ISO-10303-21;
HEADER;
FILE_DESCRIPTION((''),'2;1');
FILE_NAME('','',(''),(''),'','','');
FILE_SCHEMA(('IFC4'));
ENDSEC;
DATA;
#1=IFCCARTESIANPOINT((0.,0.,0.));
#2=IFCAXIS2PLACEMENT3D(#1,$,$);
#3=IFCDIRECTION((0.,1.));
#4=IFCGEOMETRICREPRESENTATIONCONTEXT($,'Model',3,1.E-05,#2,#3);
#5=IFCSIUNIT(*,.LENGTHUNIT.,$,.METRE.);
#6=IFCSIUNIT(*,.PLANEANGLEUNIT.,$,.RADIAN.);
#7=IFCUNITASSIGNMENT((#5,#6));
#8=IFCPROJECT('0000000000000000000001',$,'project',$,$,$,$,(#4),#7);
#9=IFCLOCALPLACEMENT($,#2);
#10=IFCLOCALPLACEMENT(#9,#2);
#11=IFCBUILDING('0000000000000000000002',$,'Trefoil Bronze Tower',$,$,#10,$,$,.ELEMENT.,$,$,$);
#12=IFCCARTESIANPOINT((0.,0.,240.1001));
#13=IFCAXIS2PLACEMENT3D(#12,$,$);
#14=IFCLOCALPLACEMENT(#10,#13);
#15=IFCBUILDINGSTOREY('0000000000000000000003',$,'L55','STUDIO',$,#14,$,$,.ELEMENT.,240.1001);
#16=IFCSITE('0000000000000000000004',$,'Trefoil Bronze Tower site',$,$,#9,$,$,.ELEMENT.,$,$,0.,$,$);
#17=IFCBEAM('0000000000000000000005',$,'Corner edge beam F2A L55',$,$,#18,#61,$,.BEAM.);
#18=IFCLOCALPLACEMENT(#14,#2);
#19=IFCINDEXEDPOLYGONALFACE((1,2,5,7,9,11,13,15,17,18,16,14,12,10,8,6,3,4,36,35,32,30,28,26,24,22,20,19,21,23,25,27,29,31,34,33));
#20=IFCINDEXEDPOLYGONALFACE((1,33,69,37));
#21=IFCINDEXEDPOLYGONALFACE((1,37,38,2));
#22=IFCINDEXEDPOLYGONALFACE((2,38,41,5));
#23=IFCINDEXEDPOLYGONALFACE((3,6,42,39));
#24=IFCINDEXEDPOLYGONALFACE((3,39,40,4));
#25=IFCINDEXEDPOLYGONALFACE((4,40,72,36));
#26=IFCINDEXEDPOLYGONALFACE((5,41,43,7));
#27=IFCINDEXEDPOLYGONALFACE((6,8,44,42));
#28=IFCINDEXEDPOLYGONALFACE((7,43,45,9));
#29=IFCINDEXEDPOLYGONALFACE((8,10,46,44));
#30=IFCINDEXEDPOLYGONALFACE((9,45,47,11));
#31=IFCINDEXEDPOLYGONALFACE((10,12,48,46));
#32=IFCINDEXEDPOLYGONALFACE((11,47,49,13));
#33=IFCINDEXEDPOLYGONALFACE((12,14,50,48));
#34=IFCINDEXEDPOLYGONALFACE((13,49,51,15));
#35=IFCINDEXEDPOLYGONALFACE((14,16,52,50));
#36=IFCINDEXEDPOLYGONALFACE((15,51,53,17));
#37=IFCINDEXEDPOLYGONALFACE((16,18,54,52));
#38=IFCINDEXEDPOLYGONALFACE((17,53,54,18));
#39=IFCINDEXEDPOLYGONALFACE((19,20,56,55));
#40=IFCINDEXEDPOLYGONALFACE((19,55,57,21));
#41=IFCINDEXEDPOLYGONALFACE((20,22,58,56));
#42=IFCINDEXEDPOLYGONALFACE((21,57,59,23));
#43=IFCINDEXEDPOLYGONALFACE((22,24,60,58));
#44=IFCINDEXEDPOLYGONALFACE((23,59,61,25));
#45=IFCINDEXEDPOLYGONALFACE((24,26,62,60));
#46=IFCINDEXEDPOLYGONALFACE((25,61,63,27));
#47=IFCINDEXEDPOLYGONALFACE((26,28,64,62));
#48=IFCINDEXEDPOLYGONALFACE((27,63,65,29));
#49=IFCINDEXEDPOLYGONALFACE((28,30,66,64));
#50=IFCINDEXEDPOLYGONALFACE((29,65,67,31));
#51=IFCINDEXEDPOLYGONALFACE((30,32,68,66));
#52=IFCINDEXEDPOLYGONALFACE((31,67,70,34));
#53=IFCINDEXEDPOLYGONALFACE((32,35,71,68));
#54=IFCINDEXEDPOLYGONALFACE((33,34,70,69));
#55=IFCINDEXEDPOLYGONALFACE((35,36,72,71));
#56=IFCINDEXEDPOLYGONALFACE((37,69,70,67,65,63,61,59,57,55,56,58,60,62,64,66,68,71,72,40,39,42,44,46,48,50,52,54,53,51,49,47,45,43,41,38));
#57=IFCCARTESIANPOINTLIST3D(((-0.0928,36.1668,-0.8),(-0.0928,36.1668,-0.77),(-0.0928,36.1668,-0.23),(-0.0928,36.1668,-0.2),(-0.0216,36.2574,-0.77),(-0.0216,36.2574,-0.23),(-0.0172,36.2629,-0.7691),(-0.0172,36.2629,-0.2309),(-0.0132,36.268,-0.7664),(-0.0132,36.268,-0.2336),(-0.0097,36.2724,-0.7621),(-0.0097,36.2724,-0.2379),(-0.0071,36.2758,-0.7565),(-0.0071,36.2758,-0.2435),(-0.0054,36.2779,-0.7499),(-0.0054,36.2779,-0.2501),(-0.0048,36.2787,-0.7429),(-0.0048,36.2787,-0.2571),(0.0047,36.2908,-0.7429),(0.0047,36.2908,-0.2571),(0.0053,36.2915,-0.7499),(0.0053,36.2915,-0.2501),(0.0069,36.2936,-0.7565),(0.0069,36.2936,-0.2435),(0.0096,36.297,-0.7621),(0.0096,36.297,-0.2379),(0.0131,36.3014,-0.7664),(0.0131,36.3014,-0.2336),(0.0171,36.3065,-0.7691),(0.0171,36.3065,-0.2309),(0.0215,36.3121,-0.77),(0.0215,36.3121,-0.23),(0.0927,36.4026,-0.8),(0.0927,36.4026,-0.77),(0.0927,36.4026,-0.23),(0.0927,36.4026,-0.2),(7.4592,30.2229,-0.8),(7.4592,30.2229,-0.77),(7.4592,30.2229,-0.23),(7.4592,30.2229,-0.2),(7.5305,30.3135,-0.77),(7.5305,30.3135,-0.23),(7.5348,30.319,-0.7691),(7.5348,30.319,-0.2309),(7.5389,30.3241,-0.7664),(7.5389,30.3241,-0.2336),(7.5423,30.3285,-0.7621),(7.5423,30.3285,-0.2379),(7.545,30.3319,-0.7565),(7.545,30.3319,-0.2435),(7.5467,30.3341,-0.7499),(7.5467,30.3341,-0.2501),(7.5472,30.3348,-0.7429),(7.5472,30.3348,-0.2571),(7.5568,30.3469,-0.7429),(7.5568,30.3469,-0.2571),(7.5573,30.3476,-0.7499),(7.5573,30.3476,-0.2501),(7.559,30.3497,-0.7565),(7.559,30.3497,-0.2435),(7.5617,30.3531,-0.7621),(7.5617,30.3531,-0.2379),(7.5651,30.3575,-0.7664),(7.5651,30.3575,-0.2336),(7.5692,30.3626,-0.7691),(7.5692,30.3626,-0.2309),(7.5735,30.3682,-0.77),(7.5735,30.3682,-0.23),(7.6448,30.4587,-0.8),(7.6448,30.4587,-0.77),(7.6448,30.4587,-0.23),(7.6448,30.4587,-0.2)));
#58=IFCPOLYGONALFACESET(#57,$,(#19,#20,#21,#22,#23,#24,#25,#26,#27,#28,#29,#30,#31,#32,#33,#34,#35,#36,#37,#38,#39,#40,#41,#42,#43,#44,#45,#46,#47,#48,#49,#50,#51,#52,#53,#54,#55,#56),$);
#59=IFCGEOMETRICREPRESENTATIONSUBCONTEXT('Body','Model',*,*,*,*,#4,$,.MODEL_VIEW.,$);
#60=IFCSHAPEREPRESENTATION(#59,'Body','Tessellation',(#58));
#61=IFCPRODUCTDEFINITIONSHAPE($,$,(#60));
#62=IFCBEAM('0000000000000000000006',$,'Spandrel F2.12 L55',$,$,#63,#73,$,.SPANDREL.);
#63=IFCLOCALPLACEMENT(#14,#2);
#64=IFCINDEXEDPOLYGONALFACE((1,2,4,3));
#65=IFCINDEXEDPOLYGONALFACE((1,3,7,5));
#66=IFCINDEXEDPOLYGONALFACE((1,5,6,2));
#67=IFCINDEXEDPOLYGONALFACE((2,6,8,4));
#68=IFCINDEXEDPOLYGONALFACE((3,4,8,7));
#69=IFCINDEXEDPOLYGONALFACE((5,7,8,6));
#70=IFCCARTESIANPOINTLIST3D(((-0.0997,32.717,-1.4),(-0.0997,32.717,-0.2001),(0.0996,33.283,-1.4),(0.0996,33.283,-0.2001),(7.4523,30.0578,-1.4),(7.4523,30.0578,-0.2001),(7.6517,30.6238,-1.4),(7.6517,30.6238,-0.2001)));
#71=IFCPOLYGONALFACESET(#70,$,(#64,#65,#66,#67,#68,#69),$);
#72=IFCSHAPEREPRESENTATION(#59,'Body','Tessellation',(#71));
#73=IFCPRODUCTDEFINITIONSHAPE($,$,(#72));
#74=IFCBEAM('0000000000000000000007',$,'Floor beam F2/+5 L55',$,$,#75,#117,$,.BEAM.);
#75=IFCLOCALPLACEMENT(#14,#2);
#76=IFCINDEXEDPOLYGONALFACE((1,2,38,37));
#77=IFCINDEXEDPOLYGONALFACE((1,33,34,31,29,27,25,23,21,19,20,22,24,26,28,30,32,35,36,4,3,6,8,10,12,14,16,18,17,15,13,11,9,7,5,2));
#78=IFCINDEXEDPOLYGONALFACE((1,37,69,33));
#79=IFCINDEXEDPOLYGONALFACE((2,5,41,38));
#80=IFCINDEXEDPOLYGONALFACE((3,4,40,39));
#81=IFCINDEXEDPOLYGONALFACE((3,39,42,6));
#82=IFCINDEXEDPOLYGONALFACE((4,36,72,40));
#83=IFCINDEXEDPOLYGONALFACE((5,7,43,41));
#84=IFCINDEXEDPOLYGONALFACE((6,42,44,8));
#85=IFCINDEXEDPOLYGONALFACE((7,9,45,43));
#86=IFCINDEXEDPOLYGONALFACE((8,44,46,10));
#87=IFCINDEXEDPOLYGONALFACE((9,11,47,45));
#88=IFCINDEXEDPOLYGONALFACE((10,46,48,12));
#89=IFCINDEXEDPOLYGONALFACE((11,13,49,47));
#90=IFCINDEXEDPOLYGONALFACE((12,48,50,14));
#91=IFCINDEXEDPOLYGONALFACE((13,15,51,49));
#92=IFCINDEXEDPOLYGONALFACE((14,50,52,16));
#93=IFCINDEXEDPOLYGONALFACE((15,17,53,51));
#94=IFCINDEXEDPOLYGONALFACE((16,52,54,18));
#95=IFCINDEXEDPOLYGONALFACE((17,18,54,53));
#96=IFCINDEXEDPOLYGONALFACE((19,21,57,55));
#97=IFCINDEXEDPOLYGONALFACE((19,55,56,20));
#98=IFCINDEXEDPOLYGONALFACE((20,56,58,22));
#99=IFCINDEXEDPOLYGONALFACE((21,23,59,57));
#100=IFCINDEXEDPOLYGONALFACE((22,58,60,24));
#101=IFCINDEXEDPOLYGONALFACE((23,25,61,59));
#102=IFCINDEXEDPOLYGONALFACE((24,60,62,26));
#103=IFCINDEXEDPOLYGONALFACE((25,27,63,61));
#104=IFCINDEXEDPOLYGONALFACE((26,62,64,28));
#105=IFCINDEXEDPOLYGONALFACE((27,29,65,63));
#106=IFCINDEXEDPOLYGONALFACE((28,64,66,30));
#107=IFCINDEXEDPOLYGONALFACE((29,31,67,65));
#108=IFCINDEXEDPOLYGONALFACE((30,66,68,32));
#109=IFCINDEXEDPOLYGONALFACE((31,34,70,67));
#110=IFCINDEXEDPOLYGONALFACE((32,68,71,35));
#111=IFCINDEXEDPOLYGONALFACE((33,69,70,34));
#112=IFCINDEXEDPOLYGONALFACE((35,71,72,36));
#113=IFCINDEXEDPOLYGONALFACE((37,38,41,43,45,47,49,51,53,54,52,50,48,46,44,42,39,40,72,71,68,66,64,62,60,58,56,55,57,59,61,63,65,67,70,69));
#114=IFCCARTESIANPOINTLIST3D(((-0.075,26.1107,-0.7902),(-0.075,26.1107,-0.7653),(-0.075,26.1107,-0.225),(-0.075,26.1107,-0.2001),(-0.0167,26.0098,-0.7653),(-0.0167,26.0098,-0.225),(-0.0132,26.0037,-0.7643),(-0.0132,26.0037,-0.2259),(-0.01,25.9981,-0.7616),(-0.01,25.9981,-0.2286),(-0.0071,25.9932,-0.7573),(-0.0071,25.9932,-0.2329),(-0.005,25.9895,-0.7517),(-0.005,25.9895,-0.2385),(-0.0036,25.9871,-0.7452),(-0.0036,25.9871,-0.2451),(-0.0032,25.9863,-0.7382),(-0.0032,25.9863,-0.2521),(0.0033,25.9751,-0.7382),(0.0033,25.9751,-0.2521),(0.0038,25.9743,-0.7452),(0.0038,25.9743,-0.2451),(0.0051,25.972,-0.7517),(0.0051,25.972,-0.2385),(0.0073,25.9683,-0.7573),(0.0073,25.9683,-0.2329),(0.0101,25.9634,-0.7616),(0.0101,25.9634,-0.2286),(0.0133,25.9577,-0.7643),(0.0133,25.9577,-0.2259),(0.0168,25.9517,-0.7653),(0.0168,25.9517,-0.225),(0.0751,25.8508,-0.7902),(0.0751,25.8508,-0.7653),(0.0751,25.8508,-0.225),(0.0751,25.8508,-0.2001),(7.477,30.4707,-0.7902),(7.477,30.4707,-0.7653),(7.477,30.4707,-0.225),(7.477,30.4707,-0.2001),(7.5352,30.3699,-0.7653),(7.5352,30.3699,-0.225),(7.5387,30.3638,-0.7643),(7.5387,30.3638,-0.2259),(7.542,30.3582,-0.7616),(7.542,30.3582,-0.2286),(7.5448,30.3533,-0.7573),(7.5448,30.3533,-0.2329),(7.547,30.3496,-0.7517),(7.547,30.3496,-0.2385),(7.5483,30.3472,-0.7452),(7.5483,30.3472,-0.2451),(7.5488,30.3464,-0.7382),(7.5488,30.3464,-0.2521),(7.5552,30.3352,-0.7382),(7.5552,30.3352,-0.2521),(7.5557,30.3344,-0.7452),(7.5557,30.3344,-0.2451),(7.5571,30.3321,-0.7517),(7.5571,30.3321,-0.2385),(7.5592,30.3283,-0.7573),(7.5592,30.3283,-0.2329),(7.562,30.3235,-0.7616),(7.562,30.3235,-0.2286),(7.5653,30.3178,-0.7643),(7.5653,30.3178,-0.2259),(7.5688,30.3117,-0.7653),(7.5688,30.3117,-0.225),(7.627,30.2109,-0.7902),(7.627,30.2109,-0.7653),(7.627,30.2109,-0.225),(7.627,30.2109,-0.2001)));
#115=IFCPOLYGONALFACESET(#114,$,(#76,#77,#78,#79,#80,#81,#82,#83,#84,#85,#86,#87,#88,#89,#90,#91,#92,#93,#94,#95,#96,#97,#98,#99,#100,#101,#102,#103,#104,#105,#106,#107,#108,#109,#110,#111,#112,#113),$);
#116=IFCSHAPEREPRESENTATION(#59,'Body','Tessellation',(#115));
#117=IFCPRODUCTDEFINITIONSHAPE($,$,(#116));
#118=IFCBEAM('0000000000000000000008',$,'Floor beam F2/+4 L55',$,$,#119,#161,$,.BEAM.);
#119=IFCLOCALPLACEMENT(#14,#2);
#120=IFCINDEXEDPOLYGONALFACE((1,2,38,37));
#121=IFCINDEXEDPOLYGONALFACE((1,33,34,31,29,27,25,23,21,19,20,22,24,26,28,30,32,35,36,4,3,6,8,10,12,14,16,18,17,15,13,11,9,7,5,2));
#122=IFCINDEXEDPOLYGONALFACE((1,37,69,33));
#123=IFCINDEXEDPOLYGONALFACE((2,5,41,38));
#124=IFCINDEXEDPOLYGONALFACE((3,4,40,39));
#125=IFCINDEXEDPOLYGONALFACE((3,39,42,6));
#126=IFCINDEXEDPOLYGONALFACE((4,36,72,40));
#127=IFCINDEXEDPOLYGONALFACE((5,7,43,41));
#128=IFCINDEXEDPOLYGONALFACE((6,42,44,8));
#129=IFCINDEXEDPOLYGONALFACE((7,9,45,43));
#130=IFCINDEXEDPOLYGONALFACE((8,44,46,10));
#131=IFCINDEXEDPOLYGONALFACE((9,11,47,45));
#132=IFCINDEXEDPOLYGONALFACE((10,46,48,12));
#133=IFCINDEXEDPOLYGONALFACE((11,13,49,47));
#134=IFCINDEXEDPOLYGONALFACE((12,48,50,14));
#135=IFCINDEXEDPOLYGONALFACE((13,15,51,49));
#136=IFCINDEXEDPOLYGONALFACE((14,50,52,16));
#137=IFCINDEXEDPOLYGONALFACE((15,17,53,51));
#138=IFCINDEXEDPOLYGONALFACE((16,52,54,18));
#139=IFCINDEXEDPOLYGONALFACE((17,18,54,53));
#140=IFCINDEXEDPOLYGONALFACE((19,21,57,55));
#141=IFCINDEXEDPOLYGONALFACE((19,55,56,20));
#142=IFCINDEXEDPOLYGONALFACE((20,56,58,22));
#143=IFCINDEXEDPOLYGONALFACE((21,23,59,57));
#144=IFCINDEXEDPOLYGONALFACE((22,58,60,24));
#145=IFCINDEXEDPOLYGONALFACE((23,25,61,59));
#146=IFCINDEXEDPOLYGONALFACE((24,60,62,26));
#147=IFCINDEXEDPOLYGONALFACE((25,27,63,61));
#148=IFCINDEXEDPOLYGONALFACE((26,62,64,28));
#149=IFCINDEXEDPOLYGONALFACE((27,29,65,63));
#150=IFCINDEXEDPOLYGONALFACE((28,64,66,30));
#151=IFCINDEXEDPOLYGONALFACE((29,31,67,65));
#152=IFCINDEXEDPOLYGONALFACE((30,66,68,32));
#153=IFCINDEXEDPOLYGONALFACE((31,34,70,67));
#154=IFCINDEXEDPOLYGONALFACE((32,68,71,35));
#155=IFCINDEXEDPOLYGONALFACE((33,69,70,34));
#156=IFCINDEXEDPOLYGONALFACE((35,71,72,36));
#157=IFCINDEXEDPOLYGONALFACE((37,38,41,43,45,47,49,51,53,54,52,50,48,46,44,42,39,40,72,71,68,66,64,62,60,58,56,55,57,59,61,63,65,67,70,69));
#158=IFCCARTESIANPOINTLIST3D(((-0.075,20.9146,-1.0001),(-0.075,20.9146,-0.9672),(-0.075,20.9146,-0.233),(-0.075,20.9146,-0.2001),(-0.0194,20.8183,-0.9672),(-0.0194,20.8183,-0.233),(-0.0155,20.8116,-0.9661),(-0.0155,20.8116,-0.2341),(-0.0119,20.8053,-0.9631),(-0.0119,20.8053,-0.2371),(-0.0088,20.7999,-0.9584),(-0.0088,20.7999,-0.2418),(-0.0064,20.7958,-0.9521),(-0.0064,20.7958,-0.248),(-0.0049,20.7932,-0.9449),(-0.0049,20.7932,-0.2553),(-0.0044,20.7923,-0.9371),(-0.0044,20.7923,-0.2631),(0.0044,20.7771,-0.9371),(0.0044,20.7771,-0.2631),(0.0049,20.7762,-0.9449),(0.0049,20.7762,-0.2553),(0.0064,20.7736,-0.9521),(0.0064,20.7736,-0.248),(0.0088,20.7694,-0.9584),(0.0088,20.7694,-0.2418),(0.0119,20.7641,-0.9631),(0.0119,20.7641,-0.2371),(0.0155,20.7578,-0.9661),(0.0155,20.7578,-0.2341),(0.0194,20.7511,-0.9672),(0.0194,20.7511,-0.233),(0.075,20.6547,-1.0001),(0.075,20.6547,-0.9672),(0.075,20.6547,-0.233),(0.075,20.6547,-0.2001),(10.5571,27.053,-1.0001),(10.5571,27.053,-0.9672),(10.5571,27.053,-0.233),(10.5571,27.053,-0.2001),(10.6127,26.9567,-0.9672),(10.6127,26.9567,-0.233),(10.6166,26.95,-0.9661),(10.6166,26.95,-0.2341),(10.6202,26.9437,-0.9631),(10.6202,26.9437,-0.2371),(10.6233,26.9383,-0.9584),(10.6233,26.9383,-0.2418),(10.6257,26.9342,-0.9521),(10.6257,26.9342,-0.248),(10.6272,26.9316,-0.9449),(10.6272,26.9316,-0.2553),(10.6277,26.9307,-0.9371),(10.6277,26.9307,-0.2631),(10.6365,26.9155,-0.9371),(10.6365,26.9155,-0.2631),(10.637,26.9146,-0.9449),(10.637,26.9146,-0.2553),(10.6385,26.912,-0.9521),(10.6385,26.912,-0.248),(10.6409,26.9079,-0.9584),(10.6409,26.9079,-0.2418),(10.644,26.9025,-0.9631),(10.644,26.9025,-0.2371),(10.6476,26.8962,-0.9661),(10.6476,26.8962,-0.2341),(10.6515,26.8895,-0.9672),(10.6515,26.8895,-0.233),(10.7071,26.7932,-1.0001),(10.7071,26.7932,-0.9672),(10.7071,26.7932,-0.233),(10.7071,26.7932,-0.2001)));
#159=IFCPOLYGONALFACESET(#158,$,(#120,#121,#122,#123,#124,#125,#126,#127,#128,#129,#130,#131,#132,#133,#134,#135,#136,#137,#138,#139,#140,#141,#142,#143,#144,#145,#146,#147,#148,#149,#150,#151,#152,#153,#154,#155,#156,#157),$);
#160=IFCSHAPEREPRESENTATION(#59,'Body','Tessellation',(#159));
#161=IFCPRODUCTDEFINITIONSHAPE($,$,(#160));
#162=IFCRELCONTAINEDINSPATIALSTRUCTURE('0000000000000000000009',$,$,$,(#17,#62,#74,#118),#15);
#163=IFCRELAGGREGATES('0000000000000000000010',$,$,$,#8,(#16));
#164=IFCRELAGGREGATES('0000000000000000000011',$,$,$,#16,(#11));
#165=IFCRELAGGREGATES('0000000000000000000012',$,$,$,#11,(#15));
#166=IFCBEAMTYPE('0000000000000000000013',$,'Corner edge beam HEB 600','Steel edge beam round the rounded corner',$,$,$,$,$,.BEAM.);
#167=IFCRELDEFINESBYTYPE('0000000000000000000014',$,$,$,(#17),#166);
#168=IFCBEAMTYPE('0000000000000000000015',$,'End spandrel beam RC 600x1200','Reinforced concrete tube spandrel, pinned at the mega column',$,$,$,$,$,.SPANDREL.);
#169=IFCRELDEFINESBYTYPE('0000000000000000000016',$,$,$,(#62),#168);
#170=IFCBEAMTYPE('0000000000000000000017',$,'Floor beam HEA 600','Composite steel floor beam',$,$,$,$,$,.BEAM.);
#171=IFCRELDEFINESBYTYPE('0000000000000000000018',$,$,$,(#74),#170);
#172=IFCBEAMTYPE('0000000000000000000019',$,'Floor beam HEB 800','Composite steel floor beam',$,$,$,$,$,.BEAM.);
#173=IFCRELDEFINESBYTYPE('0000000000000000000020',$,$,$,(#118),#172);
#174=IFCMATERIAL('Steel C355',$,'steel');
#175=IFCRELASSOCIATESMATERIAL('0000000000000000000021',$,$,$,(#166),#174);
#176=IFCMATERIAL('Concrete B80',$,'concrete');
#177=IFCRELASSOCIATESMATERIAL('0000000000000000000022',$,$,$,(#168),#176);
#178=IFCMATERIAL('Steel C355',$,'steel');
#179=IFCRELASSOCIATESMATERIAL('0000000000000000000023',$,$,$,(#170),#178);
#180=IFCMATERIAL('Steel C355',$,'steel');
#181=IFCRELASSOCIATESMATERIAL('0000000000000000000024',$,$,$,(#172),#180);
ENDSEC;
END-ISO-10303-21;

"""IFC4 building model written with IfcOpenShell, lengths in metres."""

from ifc_helpers import new_model, si_unit, direction, frame, origin, origin_2d, place, context, subcontext, project, spatial, rectangle, i_section, extrude, material, material_profile, profile_set, type_object, element, save


model = new_model("IFC4")

# Units and contexts
model_context = context("Model", 3, precision=1e-05, world=origin(), true_north=direction((0.0, 1.0)))
body_context = subcontext(model_context, "Body", "Model", "MODEL_VIEW")
ifc_project = project(units=[si_unit("LENGTHUNIT", "METRE"), si_unit("PLANEANGLEUNIT", "RADIAN")], contexts=[model_context])

# Site, building, storey
site_placement = place(None, origin())
site = spatial("IfcSite", under=ifc_project, at=site_placement, Name="Trefoil Bronze Tower site", CompositionType="ELEMENT", RefElevation=0.0)
building_placement = place(site_placement, origin())
building = spatial("IfcBuilding", under=site, at=building_placement, Name="Trefoil Bronze Tower", CompositionType="ELEMENT")
storey_placement = place(building_placement, frame((0.0, 0.0, 240.1001)))
storey = spatial("IfcBuildingStorey", under=building, at=storey_placement, Name="L55", Description="STUDIO", CompositionType="ELEMENT", Elevation=240.1001)

# Beams
ifc_material_1 = material(Name="Steel C355", Category="steel")
ifc_material_profile_1 = material_profile(ifc_material_1, i_section(OverallWidth=0.3, OverallDepth=0.6001, WebThickness=0.0154, FlangeThickness=0.03, FilletRadius=0.0271, at=origin_2d()), Name="HEB 600")
ifc_profile_set_1 = profile_set([ifc_material_profile_1], Name="Steel C355")
beam_type_1 = type_object("IfcBeamType", Name="Corner edge beam HEB 600", Description="Steel edge beam round the rounded corner", PredefinedType="BEAM", material=ifc_profile_set_1)
beam_1_placement = place(storey_placement, frame((7.552, 30.3408, -0.5), z_axis=(-0.785806, 0.618473, 0.0), x_axis=(-0.618473, -0.785806, 0.0)))
element("IfcBeam", 1, at=beam_1_placement, inside=storey, type_object=beam_type_1, Name="Corner edge beam F2A L55", PredefinedType="BEAM", context=body_context, shape_type="SweptSolid", body=[
    extrude(i_section(OverallWidth=0.3, OverallDepth=0.6001, WebThickness=0.0154, FlangeThickness=0.03, FilletRadius=0.0271, at=origin_2d()), origin(), (0.0, 0.0, 1.0), 9.6106),
])
ifc_material_2 = material(Name="Concrete B80", Category="concrete")
ifc_material_profile_2 = material_profile(ifc_material_2, rectangle(XDim=0.6001, YDim=1.2, at=origin_2d()), Name="RC 600x1200")
ifc_profile_set_2 = profile_set([ifc_material_profile_2], Name="Concrete B80")
beam_type_2 = type_object("IfcBeamType", Name="End spandrel beam RC 600x1200", Description="Reinforced concrete tube spandrel, pinned at the mega column", PredefinedType="SPANDREL", material=ifc_profile_set_2)
beam_2_placement = place(storey_placement, frame((7.552, 30.3408, -0.8), z_axis=(-0.943234, 0.332128, 0.0), x_axis=(-0.332128, -0.943234, 0.0)))
element("IfcBeam", 2, at=beam_2_placement, inside=storey, type_object=beam_type_2, Name="Spandrel F2.12 L55", PredefinedType="SPANDREL", context=body_context, shape_type="SweptSolid", body=[
    extrude(rectangle(XDim=0.6001, YDim=1.2, at=origin_2d()), origin(), (0.0, 0.0, 1.0), 8.0066),
])
ifc_material_3 = material(Name="Steel C355", Category="steel")
ifc_material_profile_3 = material_profile(ifc_material_3, i_section(OverallWidth=0.3, OverallDepth=0.5901, WebThickness=0.0129, FlangeThickness=0.0249, FilletRadius=0.0271, at=origin_2d()), Name="HEA 600")
ifc_profile_set_3 = profile_set([ifc_material_profile_3], Name="Steel C355")
beam_type_3 = type_object("IfcBeamType", Name="Floor beam HEA 600", Description="Composite steel floor beam", PredefinedType="BEAM", material=ifc_profile_set_3)
beam_3_placement = place(storey_placement, frame((7.552, 30.3408, -0.4951), z_axis=(-0.866028, -0.499996, 0.0), x_axis=(0.499996, -0.866028, 0.0)))
element("IfcBeam", 3, at=beam_3_placement, inside=storey, type_object=beam_type_3, Name="Floor beam F2/+5 L55", PredefinedType="BEAM", context=body_context, shape_type="SweptSolid", body=[
    extrude(i_section(OverallWidth=0.3, OverallDepth=0.5901, WebThickness=0.0129, FlangeThickness=0.0249, FilletRadius=0.0271, at=origin_2d()), origin(), (0.0, 0.0, 1.0), 8.7202),
])
ifc_material_4 = material(Name="Steel C355", Category="steel")
ifc_material_profile_4 = material_profile(ifc_material_4, i_section(OverallWidth=0.3, OverallDepth=0.8, WebThickness=0.0176, FlangeThickness=0.033, FilletRadius=0.03, at=origin_2d()), Name="HEB 800")
ifc_profile_set_4 = profile_set([ifc_material_profile_4], Name="Steel C355")
beam_type_4 = type_object("IfcBeamType", Name="Floor beam HEB 800", Description="Composite steel floor beam", PredefinedType="BEAM", material=ifc_profile_set_4)
beam_4_placement = place(storey_placement, frame((10.6321, 26.9231, -0.6001), z_axis=(-0.866026, -0.5, 0.0), x_axis=(0.5, -0.866026, 0.0)))
element("IfcBeam", 4, at=beam_4_placement, inside=storey, type_object=beam_type_4, Name="Floor beam F2/+4 L55", PredefinedType="BEAM", context=body_context, shape_type="SweptSolid", body=[
    extrude(i_section(OverallWidth=0.3, OverallDepth=0.8, WebThickness=0.0176, FlangeThickness=0.033, FilletRadius=0.03, at=origin_2d()), origin(), (0.0, 0.0, 1.0), 12.2769),
])

save(model, "model.ifc")
